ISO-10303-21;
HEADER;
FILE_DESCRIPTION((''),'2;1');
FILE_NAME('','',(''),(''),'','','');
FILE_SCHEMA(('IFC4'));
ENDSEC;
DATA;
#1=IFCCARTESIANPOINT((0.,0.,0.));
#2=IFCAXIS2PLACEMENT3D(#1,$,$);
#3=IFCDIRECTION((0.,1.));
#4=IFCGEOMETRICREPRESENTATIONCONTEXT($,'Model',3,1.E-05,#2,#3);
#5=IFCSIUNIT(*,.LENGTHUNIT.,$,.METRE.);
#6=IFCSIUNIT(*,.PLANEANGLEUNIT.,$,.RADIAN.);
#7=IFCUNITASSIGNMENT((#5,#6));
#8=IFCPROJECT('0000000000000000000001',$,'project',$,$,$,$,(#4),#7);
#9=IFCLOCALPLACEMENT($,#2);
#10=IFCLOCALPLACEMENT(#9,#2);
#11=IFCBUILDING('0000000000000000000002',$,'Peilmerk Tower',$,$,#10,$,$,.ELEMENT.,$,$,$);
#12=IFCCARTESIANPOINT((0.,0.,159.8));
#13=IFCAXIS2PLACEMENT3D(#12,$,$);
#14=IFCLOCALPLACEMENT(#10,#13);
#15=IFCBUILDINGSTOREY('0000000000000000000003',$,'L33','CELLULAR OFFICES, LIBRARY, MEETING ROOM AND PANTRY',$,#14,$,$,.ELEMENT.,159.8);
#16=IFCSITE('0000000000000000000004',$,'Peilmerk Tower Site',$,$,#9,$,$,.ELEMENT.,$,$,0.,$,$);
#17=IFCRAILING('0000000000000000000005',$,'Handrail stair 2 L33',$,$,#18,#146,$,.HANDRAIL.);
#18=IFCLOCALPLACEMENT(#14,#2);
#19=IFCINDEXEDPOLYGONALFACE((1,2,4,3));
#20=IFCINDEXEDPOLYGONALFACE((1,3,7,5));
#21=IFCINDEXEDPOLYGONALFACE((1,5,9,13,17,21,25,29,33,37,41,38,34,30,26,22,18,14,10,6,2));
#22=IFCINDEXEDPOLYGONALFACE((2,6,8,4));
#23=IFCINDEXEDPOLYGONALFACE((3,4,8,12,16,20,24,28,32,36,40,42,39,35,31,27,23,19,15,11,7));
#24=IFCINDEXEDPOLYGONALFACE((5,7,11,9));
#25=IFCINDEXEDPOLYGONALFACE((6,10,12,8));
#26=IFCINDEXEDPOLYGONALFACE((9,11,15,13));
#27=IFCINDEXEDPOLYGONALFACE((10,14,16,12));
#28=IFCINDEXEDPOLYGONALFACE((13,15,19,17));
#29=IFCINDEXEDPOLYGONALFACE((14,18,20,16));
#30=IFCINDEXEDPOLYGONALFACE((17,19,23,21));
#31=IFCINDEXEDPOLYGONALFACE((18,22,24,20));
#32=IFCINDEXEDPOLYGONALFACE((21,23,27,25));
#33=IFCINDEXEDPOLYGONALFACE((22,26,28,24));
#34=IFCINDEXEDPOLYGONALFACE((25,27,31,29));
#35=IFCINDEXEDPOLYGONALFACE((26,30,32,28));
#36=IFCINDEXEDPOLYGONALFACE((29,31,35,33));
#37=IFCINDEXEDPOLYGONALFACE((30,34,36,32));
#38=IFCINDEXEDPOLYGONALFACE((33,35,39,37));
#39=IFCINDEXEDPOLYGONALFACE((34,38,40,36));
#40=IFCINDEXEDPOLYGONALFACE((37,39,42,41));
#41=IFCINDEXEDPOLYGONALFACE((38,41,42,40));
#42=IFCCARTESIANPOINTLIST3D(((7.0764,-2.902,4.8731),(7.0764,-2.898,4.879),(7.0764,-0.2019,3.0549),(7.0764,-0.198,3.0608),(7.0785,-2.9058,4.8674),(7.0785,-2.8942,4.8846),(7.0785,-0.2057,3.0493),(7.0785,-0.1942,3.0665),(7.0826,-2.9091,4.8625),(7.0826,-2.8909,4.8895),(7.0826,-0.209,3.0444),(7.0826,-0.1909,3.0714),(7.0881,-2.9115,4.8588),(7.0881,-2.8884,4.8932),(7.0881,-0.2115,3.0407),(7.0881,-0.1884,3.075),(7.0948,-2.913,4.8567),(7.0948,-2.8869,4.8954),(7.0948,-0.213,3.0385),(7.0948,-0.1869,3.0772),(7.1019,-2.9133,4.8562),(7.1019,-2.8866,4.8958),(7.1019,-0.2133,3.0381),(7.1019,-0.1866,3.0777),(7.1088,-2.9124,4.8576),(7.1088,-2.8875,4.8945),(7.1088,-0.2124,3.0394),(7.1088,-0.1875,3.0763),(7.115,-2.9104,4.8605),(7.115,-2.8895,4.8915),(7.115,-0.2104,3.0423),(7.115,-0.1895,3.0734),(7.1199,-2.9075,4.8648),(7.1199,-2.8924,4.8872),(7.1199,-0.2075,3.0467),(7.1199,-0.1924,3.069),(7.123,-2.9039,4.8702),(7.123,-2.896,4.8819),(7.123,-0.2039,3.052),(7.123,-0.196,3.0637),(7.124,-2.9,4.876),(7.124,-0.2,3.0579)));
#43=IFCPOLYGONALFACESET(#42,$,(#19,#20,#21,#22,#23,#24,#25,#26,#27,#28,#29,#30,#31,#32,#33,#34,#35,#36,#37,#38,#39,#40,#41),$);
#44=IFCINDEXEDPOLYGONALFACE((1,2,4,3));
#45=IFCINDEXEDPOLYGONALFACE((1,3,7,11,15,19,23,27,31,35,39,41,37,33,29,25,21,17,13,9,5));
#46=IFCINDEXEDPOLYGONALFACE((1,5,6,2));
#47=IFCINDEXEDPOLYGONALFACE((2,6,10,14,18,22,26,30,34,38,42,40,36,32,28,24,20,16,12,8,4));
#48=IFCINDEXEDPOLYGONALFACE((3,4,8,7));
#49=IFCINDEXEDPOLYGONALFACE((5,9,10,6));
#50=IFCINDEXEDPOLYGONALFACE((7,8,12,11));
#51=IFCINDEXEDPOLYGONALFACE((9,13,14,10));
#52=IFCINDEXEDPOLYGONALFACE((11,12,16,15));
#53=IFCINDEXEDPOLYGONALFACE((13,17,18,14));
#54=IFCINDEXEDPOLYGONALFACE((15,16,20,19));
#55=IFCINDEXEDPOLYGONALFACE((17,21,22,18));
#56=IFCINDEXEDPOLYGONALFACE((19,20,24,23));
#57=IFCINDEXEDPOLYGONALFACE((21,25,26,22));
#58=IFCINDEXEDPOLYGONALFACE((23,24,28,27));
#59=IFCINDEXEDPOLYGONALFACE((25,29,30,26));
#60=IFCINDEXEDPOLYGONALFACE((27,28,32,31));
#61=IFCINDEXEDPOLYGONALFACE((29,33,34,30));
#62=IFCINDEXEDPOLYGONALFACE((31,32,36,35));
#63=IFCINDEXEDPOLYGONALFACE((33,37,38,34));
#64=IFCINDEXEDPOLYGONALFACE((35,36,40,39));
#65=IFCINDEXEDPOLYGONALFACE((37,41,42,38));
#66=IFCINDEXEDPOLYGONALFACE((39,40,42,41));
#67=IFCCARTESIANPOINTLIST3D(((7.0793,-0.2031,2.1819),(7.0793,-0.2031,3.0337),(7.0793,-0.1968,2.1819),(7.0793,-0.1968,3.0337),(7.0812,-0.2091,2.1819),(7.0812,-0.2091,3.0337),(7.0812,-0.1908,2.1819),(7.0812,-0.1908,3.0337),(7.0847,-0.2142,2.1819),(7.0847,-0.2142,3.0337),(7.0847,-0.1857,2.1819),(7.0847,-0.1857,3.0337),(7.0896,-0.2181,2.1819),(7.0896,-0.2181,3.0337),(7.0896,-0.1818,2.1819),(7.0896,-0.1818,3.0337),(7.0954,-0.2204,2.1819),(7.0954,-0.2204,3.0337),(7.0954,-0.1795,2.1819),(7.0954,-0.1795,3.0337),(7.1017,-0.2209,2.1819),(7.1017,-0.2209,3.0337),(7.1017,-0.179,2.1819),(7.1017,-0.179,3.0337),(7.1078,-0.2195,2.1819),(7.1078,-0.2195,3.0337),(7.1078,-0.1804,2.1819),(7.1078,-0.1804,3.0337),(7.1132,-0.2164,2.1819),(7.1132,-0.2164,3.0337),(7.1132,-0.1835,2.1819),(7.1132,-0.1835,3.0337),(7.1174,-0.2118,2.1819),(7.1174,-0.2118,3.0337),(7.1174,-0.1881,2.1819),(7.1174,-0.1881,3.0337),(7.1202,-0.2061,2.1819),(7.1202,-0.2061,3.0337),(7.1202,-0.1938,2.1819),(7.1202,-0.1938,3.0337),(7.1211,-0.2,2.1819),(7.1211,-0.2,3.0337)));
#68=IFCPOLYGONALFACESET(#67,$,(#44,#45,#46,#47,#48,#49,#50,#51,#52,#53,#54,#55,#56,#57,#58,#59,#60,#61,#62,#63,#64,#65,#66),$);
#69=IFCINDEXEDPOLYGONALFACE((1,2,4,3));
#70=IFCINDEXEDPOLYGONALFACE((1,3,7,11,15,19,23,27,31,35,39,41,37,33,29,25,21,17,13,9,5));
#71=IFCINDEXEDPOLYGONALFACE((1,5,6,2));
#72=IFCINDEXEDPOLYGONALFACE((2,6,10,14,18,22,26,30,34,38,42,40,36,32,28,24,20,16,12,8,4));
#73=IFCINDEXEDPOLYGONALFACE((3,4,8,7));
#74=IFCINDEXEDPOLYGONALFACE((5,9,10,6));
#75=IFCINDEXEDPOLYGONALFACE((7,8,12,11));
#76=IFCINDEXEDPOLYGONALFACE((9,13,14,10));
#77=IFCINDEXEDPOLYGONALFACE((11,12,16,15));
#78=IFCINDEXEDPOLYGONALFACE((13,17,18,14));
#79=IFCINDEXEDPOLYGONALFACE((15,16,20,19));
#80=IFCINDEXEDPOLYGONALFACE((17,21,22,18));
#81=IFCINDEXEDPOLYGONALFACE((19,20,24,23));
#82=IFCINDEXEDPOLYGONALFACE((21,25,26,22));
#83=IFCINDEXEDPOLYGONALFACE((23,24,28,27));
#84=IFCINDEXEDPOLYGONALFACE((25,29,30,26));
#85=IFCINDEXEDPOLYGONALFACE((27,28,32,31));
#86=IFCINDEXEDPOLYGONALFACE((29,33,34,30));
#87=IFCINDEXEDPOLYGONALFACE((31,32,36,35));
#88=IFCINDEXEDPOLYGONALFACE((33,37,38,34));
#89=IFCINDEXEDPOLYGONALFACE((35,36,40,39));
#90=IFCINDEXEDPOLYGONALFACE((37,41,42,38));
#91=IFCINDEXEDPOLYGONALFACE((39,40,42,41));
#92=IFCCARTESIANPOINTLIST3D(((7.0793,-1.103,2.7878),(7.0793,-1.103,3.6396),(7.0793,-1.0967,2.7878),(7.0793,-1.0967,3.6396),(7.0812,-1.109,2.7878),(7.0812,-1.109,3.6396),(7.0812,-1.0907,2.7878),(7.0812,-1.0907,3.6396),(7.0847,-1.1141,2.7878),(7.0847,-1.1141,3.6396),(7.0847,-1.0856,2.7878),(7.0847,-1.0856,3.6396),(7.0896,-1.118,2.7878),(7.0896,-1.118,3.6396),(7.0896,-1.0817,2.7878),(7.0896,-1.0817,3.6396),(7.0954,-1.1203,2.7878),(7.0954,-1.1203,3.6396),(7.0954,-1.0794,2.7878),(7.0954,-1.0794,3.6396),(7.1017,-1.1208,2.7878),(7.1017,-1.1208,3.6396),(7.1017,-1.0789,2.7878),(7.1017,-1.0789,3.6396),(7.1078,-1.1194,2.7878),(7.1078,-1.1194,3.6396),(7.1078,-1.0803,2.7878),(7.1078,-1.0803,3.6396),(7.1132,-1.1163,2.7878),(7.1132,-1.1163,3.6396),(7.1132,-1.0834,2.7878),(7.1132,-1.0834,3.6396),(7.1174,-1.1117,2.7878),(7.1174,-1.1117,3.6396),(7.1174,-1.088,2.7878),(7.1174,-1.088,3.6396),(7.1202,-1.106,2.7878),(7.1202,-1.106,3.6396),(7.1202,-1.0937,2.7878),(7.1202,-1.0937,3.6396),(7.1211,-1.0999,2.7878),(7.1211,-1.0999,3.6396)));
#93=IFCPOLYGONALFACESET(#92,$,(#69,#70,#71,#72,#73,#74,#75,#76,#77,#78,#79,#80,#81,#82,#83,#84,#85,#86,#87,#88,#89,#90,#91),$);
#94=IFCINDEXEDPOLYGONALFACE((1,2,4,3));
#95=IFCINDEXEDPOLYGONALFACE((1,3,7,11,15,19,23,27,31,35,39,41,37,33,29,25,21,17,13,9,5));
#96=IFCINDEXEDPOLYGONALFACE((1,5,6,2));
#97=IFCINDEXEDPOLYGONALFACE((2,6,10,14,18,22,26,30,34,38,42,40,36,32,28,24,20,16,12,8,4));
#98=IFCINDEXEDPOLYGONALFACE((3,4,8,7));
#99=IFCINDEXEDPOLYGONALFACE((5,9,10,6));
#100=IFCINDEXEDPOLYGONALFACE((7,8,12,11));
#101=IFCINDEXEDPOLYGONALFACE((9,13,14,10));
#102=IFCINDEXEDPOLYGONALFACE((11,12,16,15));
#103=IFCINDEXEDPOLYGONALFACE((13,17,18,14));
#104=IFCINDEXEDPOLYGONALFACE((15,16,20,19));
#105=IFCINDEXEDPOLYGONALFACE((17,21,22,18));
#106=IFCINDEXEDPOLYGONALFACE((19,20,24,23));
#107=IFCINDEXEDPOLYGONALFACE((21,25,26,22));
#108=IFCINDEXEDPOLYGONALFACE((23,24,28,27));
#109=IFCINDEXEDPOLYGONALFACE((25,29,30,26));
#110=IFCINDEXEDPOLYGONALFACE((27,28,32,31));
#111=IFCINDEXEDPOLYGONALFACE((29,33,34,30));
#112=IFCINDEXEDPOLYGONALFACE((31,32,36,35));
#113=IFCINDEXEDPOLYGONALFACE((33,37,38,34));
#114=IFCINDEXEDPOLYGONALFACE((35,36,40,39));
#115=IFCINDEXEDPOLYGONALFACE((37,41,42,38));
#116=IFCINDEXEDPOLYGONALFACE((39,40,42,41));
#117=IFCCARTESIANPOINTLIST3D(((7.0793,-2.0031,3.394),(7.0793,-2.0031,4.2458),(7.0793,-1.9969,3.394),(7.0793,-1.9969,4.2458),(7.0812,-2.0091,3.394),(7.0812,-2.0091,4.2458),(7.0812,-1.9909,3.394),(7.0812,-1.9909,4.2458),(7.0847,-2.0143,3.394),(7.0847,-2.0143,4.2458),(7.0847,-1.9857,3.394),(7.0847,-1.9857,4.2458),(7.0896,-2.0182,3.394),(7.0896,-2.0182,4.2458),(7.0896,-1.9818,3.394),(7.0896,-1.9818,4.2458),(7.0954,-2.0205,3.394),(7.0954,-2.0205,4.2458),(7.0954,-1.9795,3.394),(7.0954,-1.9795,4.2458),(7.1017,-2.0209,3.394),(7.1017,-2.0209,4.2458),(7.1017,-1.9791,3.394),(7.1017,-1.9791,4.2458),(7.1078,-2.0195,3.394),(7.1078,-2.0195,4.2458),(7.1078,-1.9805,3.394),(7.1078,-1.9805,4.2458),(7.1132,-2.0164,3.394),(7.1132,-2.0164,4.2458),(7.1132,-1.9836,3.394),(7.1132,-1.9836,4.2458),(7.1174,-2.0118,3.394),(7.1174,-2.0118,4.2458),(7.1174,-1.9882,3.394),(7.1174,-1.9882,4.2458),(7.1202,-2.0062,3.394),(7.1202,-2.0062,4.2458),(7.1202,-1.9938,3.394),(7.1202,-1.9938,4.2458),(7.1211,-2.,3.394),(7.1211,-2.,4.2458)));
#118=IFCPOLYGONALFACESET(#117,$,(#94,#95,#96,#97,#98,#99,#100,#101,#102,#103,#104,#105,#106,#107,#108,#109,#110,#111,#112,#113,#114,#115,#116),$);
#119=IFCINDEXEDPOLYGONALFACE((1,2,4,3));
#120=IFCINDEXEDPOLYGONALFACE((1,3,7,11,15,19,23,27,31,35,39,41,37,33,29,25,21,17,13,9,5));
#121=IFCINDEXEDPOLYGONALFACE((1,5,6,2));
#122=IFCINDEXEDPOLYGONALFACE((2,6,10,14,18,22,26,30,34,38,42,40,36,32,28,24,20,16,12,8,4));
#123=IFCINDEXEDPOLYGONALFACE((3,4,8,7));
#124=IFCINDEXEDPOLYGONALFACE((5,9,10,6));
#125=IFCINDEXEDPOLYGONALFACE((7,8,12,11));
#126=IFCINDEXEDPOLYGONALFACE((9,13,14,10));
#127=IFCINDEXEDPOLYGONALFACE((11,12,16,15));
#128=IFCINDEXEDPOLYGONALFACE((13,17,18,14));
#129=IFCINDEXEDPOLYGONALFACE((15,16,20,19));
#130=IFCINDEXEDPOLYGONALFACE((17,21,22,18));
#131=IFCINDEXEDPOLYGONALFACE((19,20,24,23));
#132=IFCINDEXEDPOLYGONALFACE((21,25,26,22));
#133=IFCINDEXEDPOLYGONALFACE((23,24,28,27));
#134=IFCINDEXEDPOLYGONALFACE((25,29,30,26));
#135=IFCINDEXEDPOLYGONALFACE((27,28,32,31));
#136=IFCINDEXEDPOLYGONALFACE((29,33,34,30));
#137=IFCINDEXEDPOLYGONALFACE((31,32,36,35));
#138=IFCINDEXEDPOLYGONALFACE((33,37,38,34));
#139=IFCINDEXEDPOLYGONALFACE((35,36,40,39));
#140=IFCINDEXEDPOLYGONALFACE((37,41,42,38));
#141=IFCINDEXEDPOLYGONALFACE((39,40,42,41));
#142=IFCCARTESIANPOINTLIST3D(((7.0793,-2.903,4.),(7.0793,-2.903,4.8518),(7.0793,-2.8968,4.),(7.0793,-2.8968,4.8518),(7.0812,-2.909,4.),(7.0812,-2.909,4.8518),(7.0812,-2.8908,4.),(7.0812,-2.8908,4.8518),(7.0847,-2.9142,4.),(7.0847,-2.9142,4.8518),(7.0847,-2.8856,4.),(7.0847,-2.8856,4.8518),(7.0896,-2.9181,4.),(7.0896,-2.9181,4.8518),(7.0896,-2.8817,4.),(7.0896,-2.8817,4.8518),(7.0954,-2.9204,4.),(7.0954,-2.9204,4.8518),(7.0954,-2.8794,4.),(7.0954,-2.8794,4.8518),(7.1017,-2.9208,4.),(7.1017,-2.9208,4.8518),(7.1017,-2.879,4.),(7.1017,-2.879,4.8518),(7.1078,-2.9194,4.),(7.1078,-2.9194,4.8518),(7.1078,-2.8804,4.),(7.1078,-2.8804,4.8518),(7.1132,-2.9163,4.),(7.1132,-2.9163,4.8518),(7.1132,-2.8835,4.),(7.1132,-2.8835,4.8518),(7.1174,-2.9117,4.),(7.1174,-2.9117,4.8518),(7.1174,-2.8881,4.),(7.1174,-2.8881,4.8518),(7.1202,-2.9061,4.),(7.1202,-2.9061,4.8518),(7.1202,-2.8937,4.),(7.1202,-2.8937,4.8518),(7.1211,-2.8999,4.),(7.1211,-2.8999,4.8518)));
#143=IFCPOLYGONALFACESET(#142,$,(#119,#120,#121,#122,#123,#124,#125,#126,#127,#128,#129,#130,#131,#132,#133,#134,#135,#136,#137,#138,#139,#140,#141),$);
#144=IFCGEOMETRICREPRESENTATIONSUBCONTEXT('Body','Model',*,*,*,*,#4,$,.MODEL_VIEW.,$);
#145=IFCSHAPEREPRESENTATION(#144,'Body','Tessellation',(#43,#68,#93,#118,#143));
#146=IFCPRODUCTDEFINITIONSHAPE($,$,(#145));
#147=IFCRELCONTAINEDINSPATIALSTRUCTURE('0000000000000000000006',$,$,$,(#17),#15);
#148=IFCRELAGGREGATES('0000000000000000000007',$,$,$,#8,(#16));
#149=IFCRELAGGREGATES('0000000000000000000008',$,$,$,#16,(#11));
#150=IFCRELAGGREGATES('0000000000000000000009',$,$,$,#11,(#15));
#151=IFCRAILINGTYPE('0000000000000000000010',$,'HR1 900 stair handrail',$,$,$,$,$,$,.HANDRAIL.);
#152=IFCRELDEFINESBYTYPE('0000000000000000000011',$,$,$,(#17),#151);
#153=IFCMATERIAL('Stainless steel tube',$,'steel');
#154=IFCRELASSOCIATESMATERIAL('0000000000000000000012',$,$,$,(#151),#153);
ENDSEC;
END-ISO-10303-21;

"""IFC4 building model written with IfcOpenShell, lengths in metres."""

from ifc_helpers import new_model, si_unit, direction, frame, origin, origin_2d, place, context, subcontext, project, spatial, circle, extrude, material, type_object, element, save


model = new_model("IFC4")

# Units and contexts
model_context = context("Model", 3, precision=1e-05, world=origin(), true_north=direction((0.0, 1.0)))
body_context = subcontext(model_context, "Body", "Model", "MODEL_VIEW")
ifc_project = project(units=[si_unit("LENGTHUNIT", "METRE"), si_unit("PLANEANGLEUNIT", "RADIAN")], contexts=[model_context])

# Site, building, storey
site_placement = place(None, origin())
site = spatial("IfcSite", under=ifc_project, at=site_placement, Name="Peilmerk Tower Site", CompositionType="ELEMENT", RefElevation=0.0)
building_placement = place(site_placement, origin())
building = spatial("IfcBuilding", under=site, at=building_placement, Name="Peilmerk Tower", CompositionType="ELEMENT")
storey_placement = place(building_placement, frame((0.0, 0.0, 159.8)))
storey = spatial("IfcBuildingStorey", under=building, at=storey_placement, Name="L33", Description="CELLULAR OFFICES, LIBRARY, MEETING ROOM AND PANTRY", CompositionType="ELEMENT", Elevation=159.8)

# Railing
ifc_material_1 = material(Name="Stainless steel tube", Category="steel")
railing_type_1 = type_object("IfcRailingType", Name="HR1 900 stair handrail", PredefinedType="HANDRAIL", material=ifc_material_1)
railing_1_placement = place(storey_placement, frame((7.1001, -0.2, 2.1819)))
element("IfcRailing", 1, at=railing_1_placement, inside=storey, type_object=railing_type_1, Name="Handrail stair 2 L33", PredefinedType="HANDRAIL", context=body_context, shape_type="SweptSolid", body=[
    extrude(circle(Radius=0.0239, at=origin_2d()), frame((0.0, 0.0, 0.876), z_axis=(0.0, -0.829468, 0.558554), x_axis=(1.0, 0.0, 0.0)), (0.0, 0.0, 1.0), 3.2551),
    extrude(circle(Radius=0.021, at=origin_2d()), origin(), (0.0, 0.0, 1.0), 0.8518),
    extrude(circle(Radius=0.021, at=origin_2d()), frame((0.0, -0.8999, 0.606)), (0.0, 0.0, 1.0), 0.8518),
    extrude(circle(Radius=0.021, at=origin_2d()), frame((0.0, -1.8, 1.2122)), (0.0, 0.0, 1.0), 0.8518),
    extrude(circle(Radius=0.021, at=origin_2d()), frame((0.0, -2.7, 1.8181)), (0.0, 0.0, 1.0), 0.8518),
])

save(model, "model.ifc")
